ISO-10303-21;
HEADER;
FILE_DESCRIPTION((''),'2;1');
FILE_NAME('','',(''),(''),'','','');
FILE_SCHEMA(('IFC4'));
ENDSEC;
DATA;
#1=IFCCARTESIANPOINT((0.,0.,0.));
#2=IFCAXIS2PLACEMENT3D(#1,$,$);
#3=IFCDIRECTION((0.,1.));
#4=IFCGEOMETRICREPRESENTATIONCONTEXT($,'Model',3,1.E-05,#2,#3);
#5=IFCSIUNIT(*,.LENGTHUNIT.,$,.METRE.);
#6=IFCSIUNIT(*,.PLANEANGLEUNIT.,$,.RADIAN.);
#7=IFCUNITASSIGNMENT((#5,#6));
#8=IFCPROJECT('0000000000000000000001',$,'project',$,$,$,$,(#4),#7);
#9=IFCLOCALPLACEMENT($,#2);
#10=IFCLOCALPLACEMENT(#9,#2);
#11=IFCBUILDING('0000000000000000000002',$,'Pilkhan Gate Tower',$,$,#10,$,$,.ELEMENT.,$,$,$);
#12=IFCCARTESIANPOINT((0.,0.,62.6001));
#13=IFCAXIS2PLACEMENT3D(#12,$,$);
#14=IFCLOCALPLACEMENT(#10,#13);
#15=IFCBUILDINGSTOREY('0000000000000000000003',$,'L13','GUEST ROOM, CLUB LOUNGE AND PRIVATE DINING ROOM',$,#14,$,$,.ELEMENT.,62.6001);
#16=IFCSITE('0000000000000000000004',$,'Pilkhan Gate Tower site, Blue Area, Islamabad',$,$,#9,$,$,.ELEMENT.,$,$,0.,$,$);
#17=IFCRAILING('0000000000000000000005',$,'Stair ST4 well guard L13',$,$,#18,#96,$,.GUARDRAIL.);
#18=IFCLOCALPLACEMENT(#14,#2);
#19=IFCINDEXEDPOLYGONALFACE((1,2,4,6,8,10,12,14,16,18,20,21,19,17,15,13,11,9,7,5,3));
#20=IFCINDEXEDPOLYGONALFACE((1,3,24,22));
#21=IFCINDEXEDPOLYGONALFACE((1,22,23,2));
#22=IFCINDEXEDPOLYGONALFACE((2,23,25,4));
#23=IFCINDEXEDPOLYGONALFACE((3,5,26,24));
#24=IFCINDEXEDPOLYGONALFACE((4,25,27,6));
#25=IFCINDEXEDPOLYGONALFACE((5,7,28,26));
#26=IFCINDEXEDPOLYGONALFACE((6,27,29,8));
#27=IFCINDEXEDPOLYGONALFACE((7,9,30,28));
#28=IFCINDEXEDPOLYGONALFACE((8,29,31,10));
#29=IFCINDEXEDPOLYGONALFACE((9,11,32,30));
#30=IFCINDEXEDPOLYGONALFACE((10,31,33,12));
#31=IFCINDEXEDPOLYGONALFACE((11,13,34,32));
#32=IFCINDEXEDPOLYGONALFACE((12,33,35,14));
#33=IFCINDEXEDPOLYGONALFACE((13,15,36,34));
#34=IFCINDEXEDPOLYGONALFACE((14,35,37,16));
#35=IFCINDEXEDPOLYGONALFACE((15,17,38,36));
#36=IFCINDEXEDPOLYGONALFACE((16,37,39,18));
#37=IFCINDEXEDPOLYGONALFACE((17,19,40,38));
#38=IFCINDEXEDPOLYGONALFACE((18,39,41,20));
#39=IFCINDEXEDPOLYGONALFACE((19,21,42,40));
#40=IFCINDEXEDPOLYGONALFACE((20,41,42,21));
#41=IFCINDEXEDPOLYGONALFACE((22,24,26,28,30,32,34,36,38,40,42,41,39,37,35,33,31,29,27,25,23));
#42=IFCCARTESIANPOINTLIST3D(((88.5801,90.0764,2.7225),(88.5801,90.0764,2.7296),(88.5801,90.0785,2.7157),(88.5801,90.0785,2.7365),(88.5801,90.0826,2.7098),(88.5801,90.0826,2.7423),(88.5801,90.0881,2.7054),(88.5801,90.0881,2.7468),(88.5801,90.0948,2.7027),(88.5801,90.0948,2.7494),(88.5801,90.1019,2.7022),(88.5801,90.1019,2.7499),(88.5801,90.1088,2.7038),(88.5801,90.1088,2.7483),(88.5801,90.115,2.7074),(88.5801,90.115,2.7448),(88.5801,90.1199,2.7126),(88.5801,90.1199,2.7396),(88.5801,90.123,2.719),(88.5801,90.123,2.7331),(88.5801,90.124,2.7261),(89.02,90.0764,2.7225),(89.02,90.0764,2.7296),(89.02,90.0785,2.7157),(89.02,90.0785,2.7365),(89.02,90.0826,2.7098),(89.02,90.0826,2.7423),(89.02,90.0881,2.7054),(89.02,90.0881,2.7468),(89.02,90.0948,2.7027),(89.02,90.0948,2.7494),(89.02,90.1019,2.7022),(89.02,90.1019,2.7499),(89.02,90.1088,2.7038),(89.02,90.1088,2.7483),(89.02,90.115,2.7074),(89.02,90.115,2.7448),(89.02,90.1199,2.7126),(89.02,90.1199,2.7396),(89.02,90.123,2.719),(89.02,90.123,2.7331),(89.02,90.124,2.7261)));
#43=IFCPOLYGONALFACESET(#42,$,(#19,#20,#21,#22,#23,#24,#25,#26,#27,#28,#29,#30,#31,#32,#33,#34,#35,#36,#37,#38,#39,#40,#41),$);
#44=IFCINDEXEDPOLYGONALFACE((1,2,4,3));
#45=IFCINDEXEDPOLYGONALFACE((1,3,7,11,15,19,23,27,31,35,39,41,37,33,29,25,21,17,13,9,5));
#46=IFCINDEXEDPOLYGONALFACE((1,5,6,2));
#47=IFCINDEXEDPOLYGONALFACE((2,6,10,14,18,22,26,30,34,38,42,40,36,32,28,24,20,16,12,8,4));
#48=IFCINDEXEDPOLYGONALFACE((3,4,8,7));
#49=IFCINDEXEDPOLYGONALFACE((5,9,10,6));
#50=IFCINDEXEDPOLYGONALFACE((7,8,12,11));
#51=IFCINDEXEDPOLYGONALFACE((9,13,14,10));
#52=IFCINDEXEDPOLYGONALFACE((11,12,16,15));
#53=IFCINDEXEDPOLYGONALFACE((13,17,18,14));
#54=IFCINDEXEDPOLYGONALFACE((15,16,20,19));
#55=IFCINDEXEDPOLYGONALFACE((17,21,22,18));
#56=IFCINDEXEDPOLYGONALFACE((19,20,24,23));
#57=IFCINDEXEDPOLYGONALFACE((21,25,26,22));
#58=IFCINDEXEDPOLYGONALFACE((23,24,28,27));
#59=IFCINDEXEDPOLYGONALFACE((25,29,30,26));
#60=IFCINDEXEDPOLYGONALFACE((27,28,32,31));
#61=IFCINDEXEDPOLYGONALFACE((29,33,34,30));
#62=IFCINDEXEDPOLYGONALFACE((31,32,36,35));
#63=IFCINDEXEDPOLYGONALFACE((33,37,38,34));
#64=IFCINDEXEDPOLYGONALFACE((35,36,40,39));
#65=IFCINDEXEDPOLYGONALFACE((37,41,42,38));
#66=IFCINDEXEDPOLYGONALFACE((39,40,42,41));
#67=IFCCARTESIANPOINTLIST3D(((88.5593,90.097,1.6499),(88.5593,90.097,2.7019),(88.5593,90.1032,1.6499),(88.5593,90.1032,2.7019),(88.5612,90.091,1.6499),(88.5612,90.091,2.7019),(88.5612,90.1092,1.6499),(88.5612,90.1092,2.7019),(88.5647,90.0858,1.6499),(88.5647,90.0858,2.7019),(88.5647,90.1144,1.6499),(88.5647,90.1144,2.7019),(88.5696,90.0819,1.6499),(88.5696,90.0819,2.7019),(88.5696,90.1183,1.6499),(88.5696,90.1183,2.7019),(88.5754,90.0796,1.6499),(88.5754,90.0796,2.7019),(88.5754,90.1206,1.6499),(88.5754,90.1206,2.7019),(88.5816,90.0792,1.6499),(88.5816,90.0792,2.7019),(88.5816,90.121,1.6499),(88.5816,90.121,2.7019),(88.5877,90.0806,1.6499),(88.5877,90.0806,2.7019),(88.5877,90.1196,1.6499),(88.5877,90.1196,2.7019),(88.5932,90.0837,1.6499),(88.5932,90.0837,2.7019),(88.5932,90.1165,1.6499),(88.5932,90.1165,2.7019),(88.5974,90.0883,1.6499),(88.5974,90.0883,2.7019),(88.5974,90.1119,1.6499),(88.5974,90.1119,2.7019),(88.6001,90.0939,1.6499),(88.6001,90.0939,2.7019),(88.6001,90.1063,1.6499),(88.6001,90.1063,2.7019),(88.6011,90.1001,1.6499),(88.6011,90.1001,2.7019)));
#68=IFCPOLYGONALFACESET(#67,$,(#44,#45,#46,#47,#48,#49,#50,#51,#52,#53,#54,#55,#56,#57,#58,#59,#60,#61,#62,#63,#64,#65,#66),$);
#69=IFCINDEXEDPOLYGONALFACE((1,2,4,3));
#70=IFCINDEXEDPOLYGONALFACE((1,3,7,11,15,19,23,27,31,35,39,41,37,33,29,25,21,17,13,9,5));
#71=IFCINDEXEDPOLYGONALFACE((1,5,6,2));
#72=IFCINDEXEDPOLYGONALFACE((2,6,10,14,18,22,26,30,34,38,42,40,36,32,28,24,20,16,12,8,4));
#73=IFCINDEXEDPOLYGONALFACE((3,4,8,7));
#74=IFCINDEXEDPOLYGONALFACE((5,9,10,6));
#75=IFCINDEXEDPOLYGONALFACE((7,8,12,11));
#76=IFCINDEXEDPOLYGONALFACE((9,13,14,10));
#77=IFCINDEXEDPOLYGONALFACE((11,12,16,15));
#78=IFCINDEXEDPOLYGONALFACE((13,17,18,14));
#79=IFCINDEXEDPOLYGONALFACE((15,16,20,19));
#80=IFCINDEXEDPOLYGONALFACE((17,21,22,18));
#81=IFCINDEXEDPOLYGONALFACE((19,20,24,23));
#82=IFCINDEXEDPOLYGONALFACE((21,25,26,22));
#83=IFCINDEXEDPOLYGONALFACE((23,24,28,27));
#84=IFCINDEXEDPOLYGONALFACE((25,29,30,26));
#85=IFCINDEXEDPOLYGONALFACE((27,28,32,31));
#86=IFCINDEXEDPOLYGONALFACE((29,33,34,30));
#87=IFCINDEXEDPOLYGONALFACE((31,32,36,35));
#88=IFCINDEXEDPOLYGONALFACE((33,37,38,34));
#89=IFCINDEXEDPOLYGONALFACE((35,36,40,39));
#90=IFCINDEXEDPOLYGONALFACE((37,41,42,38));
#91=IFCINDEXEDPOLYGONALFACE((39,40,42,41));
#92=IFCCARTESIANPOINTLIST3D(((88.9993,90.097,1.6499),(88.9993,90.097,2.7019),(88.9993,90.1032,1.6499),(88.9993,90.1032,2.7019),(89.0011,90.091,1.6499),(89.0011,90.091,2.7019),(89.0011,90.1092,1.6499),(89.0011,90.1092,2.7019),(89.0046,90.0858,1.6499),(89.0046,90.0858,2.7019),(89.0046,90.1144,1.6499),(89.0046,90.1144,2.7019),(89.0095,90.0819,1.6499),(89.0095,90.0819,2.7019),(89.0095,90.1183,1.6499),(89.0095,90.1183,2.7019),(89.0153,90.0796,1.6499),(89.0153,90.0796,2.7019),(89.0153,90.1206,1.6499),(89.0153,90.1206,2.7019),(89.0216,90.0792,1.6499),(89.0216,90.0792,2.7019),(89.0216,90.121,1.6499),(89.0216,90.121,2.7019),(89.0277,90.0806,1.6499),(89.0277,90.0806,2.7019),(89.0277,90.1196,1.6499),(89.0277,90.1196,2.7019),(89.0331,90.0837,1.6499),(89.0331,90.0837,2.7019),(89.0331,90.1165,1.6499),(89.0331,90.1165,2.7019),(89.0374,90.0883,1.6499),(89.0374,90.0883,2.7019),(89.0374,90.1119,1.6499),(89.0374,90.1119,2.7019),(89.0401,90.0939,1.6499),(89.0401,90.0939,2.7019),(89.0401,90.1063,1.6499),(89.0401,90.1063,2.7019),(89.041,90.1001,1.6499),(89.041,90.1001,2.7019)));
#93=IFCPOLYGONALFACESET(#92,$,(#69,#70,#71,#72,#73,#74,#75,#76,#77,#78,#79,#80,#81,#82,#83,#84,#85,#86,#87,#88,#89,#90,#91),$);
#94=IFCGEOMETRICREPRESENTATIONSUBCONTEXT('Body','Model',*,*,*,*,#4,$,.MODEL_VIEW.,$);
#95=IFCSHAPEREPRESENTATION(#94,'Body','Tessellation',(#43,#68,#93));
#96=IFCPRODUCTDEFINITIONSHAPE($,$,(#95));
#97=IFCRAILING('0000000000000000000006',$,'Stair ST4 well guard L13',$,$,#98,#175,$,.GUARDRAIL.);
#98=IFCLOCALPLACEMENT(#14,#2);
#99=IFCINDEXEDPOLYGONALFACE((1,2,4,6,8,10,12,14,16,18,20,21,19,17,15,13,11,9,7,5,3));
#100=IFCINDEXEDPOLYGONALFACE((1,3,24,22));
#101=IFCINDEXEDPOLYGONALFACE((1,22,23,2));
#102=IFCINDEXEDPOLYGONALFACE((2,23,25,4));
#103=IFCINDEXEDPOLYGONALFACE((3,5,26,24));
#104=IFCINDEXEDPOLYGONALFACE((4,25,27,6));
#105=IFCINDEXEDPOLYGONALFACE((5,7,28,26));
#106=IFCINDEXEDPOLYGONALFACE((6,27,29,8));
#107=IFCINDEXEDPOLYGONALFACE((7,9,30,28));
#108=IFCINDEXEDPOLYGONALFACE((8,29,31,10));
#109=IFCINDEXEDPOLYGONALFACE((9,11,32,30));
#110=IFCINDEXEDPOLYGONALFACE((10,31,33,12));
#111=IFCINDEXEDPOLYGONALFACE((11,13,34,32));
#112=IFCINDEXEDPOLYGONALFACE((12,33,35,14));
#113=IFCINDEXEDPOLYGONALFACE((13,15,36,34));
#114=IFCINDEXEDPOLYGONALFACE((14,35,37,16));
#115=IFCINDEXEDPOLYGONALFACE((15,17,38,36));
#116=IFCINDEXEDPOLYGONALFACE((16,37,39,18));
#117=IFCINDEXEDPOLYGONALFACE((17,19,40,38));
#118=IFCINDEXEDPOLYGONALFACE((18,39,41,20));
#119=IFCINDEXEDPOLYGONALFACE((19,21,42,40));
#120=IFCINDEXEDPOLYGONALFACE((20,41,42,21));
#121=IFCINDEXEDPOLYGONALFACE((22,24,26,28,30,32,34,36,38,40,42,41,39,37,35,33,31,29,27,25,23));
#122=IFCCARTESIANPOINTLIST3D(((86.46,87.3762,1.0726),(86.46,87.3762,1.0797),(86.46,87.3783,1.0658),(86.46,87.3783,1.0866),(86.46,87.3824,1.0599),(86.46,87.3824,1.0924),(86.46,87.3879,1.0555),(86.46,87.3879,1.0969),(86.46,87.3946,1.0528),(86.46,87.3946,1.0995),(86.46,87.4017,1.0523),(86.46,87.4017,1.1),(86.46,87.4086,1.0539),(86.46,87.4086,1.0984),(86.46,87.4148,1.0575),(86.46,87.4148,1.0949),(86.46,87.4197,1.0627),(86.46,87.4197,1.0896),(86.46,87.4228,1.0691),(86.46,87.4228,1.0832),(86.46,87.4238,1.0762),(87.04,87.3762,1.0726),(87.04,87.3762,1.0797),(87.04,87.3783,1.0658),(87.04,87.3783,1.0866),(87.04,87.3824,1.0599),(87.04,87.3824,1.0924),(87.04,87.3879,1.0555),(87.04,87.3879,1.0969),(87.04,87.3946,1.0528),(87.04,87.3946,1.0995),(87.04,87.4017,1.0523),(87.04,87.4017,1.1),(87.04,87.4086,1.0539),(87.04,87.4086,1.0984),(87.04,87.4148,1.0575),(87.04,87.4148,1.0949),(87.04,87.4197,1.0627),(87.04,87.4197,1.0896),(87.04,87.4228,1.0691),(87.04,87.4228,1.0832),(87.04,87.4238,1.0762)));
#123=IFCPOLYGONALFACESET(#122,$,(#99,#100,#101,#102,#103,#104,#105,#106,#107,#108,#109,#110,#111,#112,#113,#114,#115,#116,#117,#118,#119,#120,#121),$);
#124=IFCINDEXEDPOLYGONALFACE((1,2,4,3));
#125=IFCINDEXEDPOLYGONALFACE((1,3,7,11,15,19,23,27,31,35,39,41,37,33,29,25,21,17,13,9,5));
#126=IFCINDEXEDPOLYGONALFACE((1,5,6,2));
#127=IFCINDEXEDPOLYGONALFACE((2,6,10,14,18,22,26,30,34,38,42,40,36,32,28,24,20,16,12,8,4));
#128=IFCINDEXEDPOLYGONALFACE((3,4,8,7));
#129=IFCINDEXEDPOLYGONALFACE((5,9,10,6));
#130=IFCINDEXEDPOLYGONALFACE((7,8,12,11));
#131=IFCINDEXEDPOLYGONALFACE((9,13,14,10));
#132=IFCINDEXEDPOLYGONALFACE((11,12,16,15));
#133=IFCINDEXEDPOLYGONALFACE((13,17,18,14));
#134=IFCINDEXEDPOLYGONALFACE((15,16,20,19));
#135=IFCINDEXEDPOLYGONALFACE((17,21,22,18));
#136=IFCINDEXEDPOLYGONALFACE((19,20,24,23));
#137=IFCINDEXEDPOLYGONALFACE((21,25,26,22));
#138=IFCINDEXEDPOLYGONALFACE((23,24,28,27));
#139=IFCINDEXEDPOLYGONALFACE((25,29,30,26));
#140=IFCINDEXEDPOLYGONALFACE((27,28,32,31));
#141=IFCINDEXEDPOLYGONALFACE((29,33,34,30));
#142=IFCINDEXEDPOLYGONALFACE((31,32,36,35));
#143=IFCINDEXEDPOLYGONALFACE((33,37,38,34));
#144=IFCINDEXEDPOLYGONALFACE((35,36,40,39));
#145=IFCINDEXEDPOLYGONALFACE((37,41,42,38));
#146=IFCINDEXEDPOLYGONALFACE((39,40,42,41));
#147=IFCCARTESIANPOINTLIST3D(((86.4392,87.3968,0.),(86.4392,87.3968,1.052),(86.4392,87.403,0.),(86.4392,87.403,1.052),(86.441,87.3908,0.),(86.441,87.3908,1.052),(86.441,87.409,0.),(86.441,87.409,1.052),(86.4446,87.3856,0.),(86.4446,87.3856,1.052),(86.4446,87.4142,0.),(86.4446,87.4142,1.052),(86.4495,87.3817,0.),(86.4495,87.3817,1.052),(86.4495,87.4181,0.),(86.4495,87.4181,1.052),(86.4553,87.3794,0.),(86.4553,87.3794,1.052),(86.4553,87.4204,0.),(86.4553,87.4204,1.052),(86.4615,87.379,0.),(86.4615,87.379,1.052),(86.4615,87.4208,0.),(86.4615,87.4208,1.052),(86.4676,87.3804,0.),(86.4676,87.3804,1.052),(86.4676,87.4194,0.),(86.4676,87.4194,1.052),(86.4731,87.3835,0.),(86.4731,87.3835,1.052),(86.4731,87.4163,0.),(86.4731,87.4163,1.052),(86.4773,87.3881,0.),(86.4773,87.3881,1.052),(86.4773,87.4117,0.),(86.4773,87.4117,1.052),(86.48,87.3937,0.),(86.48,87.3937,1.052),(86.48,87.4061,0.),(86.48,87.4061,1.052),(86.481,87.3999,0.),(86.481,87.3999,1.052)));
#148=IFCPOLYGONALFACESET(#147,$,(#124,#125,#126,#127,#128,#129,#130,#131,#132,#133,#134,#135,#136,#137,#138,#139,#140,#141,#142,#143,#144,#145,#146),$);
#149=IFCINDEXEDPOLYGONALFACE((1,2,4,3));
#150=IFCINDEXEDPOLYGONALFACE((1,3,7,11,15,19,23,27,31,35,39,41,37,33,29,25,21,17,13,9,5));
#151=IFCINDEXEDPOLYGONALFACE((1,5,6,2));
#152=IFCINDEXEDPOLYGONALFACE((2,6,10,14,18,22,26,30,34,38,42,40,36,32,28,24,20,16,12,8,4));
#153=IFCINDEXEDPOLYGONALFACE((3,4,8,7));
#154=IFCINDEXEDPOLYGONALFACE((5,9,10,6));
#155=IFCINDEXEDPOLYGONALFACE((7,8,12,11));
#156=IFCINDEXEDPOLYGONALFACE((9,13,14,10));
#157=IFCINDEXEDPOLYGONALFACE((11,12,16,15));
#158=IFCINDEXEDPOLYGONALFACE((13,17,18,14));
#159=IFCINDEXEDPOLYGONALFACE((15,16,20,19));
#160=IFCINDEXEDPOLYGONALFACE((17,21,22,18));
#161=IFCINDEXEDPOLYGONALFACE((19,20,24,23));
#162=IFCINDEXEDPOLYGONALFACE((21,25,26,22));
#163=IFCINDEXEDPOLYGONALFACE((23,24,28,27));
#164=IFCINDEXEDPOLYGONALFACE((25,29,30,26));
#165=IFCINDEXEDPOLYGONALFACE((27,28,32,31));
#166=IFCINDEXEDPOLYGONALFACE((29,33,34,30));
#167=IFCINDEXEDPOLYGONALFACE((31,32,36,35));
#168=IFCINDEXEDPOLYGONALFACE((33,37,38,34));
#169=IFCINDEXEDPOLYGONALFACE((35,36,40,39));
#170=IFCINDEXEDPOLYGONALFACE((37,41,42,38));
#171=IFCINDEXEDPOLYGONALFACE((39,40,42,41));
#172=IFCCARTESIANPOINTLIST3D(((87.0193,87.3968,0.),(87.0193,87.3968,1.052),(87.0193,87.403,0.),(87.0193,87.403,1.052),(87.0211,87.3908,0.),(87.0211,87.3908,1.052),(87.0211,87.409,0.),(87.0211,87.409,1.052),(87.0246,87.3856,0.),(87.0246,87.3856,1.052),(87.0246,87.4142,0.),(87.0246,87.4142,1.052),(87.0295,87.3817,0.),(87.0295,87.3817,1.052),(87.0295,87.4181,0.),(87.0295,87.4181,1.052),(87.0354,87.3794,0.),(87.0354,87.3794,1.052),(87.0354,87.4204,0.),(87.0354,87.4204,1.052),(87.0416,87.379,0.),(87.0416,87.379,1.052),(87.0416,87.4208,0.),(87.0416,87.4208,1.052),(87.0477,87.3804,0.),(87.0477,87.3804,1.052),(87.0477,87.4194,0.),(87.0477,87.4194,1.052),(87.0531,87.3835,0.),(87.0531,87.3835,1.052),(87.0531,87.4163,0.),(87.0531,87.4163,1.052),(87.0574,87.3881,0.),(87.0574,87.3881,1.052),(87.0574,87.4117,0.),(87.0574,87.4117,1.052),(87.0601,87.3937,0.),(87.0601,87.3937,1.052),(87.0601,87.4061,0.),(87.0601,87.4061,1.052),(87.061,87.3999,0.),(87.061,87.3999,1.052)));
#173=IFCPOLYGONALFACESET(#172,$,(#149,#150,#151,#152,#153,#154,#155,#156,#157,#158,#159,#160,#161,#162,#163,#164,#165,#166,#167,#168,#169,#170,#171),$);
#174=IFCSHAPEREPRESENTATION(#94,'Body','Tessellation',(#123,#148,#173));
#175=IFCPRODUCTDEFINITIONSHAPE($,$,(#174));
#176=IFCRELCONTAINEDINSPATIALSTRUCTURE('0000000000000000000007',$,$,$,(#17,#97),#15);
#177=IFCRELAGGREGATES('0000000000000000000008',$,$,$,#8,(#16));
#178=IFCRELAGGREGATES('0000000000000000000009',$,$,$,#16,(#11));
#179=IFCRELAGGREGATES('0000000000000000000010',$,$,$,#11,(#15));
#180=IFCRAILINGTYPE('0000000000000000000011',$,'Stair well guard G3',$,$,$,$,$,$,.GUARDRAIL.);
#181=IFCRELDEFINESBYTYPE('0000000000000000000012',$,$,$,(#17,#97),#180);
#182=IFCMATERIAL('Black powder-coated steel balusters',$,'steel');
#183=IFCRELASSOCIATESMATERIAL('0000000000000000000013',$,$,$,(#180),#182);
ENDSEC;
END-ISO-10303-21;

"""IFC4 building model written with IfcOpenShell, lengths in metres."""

from ifc_helpers import new_model, si_unit, direction, frame, origin, origin_2d, place, context, subcontext, project, spatial, circle, extrude, material, type_object, element, save


model = new_model("IFC4")

# Units and contexts
model_context = context("Model", 3, precision=1e-05, world=origin(), true_north=direction((0.0, 1.0)))
body_context = subcontext(model_context, "Body", "Model", "MODEL_VIEW")
ifc_project = project(units=[si_unit("LENGTHUNIT", "METRE"), si_unit("PLANEANGLEUNIT", "RADIAN")], contexts=[model_context])

# Site, building, storey
site_placement = place(None, origin())
site = spatial("IfcSite", under=ifc_project, at=site_placement, Name="Pilkhan Gate Tower site, Blue Area, Islamabad", CompositionType="ELEMENT", RefElevation=0.0)
building_placement = place(site_placement, origin())
building = spatial("IfcBuilding", under=site, at=building_placement, Name="Pilkhan Gate Tower", CompositionType="ELEMENT")
storey_placement = place(building_placement, frame((0.0, 0.0, 62.6001)))
storey = spatial("IfcBuildingStorey", under=building, at=storey_placement, Name="L13", Description="GUEST ROOM, CLUB LOUNGE AND PRIVATE DINING ROOM", CompositionType="ELEMENT", Elevation=62.6001)

# Railings
ifc_material_1 = material(Name="Black powder-coated steel balusters", Category="steel")
railing_type_1 = type_object("IfcRailingType", Name="Stair well guard G3", PredefinedType="GUARDRAIL", material=ifc_material_1)
railing_1_placement = place(storey_placement, frame((88.5801, 90.1001, 1.6499)))
element("IfcRailing", 1, at=railing_1_placement, inside=storey, type_object=railing_type_1, Name="Stair ST4 well guard L13", PredefinedType="GUARDRAIL", context=body_context, shape_type="SweptSolid", body=[
    extrude(circle(Radius=0.0239, at=origin_2d()), frame((0.0, 0.0, 1.0762), z_axis=(1.0, 0.0, 0.0), x_axis=(0.0, 1.0, 0.0)), (0.0, 0.0, 1.0), 0.4399),
    extrude(circle(Radius=0.021, at=origin_2d()), origin(), (0.0, 0.0, 1.0), 1.052),
    extrude(circle(Radius=0.021, at=origin_2d()), frame((0.4399, 0.0, 0.0)), (0.0, 0.0, 1.0), 1.052),
])
for number, where, name in (
    (2, (86.46, 87.3999, 0.0), "Stair ST4 well guard L13"),
):
    element("IfcRailing", number, at=place(storey_placement, frame(where)), inside=storey, type_object=railing_type_1, Name=name, PredefinedType="GUARDRAIL", context=body_context, shape_type="SweptSolid", body=[
        extrude(circle(Radius=0.0239, at=origin_2d()), frame((0.0, 0.0, 1.0762), z_axis=(1.0, 0.0, 0.0), x_axis=(0.0, 1.0, 0.0)), (0.0, 0.0, 1.0), 0.5801),
        extrude(circle(Radius=0.021, at=origin_2d()), origin(), (0.0, 0.0, 1.0), 1.052),
        extrude(circle(Radius=0.021, at=origin_2d()), frame((0.5801, 0.0, 0.0)), (0.0, 0.0, 1.0), 1.052),
    ])

save(model, "model.ifc")
